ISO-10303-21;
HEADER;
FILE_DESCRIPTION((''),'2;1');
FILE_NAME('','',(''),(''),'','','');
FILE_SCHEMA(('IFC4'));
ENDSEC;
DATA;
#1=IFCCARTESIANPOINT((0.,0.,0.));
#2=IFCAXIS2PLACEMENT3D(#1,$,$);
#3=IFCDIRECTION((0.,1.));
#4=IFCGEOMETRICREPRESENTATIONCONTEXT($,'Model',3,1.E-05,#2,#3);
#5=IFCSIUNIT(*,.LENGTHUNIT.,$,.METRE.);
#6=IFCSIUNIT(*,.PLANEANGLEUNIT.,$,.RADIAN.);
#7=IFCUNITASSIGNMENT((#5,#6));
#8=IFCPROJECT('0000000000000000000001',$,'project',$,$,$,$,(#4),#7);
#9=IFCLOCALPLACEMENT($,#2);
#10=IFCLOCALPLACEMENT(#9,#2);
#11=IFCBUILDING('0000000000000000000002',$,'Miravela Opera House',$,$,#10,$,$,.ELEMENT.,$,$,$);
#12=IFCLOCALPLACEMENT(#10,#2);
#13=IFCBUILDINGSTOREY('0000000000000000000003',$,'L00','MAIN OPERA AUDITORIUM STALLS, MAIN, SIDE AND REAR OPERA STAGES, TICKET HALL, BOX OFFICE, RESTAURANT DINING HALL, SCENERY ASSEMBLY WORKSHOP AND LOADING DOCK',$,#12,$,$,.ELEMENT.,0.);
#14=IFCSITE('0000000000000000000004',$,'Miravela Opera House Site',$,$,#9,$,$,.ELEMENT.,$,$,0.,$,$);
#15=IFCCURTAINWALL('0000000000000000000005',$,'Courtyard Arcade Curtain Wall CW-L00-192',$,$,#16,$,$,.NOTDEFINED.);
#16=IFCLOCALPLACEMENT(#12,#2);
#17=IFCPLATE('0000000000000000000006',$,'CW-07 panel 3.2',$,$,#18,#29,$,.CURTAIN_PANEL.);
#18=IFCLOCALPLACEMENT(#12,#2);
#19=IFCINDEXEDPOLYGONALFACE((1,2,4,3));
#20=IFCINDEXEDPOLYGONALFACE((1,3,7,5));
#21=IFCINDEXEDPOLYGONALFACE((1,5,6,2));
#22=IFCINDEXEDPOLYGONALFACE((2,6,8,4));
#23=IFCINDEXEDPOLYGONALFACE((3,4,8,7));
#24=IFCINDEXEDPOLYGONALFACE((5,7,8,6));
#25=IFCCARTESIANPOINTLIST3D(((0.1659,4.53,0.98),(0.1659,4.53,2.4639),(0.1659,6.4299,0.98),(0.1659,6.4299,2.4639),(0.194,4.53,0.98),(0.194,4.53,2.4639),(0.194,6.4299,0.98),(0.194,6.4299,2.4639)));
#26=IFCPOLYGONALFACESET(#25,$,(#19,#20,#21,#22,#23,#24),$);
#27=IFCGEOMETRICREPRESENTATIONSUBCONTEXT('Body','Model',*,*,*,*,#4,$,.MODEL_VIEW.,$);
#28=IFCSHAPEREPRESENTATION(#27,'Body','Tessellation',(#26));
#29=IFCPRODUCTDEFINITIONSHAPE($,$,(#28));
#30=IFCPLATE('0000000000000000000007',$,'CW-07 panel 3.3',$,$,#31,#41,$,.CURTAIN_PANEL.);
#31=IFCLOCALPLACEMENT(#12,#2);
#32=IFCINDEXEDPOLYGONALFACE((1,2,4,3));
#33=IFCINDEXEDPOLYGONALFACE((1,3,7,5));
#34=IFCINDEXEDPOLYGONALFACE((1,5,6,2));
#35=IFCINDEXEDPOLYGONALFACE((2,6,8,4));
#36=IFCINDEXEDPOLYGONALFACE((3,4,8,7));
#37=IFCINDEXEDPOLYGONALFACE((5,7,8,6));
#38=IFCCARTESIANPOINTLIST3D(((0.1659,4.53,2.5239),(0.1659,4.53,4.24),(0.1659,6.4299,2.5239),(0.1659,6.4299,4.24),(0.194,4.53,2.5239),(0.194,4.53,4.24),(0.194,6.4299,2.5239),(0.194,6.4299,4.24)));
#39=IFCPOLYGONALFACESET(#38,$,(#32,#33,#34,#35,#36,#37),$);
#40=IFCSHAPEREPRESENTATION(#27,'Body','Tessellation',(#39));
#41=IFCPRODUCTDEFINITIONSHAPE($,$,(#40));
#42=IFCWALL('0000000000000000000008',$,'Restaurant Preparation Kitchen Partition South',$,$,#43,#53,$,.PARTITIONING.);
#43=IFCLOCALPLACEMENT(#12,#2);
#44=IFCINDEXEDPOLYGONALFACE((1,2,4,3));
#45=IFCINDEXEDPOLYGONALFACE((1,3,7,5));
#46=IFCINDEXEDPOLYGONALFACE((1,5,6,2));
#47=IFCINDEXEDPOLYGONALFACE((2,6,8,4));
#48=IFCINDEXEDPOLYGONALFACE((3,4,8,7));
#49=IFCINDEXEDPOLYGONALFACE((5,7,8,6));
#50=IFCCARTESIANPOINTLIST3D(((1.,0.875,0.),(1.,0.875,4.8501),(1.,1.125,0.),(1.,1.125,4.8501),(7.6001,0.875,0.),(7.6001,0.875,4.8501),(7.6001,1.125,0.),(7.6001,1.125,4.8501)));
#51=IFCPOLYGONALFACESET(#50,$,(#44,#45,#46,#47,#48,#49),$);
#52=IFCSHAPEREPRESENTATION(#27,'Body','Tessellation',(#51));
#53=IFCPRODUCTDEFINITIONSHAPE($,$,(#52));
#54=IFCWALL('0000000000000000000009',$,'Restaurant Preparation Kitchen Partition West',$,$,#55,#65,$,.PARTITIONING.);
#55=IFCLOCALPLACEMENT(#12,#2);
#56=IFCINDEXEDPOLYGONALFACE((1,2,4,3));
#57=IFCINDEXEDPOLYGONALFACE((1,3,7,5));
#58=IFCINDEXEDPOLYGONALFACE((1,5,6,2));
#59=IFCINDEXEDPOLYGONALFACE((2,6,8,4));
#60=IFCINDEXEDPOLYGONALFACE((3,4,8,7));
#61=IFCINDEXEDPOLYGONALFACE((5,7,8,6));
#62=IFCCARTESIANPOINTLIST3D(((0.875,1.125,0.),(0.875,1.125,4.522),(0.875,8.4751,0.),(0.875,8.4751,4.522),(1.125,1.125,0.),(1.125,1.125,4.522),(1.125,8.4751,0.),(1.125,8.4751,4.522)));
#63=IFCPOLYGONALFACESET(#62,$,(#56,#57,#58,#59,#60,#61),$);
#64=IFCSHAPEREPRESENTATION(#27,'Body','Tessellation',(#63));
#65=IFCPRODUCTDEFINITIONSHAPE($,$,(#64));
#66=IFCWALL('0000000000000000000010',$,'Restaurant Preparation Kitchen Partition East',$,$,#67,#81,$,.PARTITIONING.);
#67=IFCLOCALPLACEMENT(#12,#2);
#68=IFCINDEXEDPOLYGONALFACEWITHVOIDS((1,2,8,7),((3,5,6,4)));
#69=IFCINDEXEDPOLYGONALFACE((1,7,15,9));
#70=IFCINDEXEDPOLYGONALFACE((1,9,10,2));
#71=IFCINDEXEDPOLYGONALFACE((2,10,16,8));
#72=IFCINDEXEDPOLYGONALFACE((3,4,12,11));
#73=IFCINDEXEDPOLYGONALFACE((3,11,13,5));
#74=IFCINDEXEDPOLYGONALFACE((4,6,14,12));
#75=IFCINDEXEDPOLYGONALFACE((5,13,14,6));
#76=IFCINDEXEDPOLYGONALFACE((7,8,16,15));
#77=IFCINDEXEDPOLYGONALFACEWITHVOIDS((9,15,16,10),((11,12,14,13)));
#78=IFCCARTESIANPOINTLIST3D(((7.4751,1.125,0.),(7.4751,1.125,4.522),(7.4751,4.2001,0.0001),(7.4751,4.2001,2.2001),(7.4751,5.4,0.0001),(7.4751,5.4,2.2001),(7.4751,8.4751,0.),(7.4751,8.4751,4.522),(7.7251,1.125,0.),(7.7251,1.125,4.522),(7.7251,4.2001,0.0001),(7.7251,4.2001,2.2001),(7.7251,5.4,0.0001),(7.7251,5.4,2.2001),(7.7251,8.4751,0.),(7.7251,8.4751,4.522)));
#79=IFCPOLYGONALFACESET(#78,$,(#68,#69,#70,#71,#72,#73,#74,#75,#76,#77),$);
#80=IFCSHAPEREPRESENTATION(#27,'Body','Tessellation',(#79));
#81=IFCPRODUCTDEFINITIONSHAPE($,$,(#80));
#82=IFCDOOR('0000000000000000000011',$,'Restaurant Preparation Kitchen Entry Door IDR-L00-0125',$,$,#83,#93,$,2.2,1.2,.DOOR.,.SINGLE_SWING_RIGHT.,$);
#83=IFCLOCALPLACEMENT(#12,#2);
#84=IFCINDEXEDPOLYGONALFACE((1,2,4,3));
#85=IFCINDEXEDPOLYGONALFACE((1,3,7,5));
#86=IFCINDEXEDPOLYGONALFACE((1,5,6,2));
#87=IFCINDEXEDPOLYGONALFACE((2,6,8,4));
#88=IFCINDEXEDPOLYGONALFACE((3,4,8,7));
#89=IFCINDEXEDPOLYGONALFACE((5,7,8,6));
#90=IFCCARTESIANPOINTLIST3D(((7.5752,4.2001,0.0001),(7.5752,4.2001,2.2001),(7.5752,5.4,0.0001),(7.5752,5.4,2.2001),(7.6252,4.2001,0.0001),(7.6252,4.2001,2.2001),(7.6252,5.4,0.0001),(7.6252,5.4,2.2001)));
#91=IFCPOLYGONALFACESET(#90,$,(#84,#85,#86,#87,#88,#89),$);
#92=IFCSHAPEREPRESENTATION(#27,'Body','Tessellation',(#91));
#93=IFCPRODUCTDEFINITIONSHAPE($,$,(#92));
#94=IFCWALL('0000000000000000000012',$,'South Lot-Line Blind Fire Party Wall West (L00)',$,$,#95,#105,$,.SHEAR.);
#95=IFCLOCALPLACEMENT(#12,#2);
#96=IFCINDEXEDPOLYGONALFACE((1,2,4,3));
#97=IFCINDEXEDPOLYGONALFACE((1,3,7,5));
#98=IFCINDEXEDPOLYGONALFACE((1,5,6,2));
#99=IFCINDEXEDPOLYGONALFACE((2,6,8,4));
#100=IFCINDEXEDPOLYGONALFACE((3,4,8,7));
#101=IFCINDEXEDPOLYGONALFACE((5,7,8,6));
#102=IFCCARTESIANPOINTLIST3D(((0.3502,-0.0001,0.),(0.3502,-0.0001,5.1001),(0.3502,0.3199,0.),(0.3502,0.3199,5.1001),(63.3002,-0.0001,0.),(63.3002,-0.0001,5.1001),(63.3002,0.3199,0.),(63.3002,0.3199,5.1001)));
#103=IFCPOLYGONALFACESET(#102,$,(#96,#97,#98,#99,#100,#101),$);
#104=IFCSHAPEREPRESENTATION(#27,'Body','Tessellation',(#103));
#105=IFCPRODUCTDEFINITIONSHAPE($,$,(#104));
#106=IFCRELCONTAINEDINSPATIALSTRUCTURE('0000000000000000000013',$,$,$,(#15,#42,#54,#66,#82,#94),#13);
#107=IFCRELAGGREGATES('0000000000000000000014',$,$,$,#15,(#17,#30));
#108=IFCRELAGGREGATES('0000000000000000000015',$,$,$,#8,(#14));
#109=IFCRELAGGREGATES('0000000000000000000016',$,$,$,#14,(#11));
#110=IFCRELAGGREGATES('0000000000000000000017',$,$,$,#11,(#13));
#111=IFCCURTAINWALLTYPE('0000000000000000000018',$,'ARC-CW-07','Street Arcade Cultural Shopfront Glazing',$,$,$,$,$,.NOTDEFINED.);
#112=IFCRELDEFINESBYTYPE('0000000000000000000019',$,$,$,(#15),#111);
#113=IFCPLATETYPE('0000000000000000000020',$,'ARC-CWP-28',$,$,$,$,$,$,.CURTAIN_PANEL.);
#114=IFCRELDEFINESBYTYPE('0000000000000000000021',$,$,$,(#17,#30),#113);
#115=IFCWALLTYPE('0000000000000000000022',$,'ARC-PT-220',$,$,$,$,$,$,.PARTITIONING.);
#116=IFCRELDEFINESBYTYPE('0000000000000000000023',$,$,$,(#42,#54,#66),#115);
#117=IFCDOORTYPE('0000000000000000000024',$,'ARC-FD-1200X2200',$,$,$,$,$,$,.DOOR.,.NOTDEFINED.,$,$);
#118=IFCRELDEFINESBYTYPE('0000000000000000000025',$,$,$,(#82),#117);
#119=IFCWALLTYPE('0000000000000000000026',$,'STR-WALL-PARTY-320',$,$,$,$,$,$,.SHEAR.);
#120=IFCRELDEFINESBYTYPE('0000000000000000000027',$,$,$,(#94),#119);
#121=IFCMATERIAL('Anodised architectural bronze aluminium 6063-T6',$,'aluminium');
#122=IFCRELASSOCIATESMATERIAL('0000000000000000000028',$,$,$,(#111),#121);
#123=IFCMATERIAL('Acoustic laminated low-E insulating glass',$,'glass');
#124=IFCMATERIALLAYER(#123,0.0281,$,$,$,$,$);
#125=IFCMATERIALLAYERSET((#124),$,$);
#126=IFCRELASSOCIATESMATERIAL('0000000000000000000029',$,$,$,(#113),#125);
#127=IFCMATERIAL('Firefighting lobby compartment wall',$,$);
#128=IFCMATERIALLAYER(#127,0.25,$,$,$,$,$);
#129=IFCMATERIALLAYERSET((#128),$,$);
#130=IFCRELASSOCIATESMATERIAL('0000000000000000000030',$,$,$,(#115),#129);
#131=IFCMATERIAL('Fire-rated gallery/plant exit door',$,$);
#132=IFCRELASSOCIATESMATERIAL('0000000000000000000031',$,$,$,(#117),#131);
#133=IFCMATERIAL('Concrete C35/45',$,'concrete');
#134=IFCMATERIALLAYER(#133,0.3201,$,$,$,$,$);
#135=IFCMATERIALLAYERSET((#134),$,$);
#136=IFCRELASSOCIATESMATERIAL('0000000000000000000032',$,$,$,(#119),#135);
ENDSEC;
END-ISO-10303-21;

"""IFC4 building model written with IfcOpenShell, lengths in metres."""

from ifc_helpers import new_model, si_unit, direction, frame, frame_2d, origin, origin_2d, place, context, subcontext, project, spatial, rectangle, extrude, material, layer, layer_set, type_object, element, fill, aggregate, save


model = new_model("IFC4")

# Units and contexts
model_context = context("Model", 3, precision=1e-05, world=origin(), true_north=direction((0.0, 1.0)))
body_context = subcontext(model_context, "Body", "Model", "MODEL_VIEW")
ifc_project = project(units=[si_unit("LENGTHUNIT", "METRE"), si_unit("PLANEANGLEUNIT", "RADIAN")], contexts=[model_context])

# Site, building, storey
site_placement = place(None, origin())
site = spatial("IfcSite", under=ifc_project, at=site_placement, Name="Miravela Opera House Site", CompositionType="ELEMENT", RefElevation=0.0)
building_placement = place(site_placement, origin())
building = spatial("IfcBuilding", under=site, at=building_placement, Name="Miravela Opera House", CompositionType="ELEMENT")
storey_placement = place(building_placement, origin())
storey = spatial("IfcBuildingStorey", under=building, at=storey_placement, Name="L00", Description="MAIN OPERA AUDITORIUM STALLS, MAIN, SIDE AND REAR OPERA STAGES, TICKET HALL, BOX OFFICE, RESTAURANT DINING HALL, SCENERY ASSEMBLY WORKSHOP AND LOADING DOCK", CompositionType="ELEMENT", Elevation=0.0)

# Curtain wall
ifc_material_1 = material(Name="Anodised architectural bronze aluminium 6063-T6", Category="aluminium")
curtain_wall_type = type_object("IfcCurtainWallType", Name="ARC-CW-07", Description="Street Arcade Cultural Shopfront Glazing", PredefinedType="NOTDEFINED", material=ifc_material_1)
curtain_wall_placement = place(storey_placement, origin())
curtain_wall = element("IfcCurtainWall", 1, at=curtain_wall_placement, inside=storey, type_object=curtain_wall_type, Name="Courtyard Arcade Curtain Wall CW-L00-192", PredefinedType="NOTDEFINED")

# Shared definitions
ifc_material_2 = material(Name="Concrete C35/45", Category="concrete")

# Plates
ifc_material_3 = material(Name="Acoustic laminated low-E insulating glass", Category="glass")
ifc_layer_1 = layer(ifc_material_3, 0.0281)
ifc_layer_set_1 = layer_set([ifc_layer_1])
plate_type = type_object("IfcPlateType", Name="ARC-CWP-28", PredefinedType="CURTAIN_PANEL", material=ifc_layer_set_1)
plate_1_placement = place(storey_placement, frame((0.1799, 5.48, 0.98), z_axis=(0.0, 0.0, 1.0), x_axis=(0.0, 1.0, 0.0)))
plate_1 = element("IfcPlate", 2, at=plate_1_placement, type_object=plate_type, Name="CW-07 panel 3.2", PredefinedType="CURTAIN_PANEL", context=body_context, shape_type="SweptSolid", body=[
    extrude(rectangle(XDim=1.8999, YDim=0.0281, at=origin_2d()), origin(), (0.0, 0.0, 1.0), 1.4839),
])
plate_2_placement = place(storey_placement, frame((0.1799, 5.48, 2.5239), z_axis=(0.0, 0.0, 1.0), x_axis=(0.0, 1.0, 0.0)))
plate_2 = element("IfcPlate", 3, at=plate_2_placement, type_object=plate_type, Name="CW-07 panel 3.3", PredefinedType="CURTAIN_PANEL", context=body_context, shape_type="SweptSolid", body=[
    extrude(rectangle(XDim=1.8999, YDim=0.0281, at=origin_2d()), origin(), (0.0, 0.0, 1.0), 1.7161),
])
aggregate(curtain_wall, [plate_1, plate_2])

# Walls
ifc_material_4 = material(Name="Firefighting lobby compartment wall")
ifc_layer_2 = layer(ifc_material_4, 0.25)
ifc_layer_set_2 = layer_set([ifc_layer_2])
wall_type_1 = type_object("IfcWallType", Name="ARC-PT-220", PredefinedType="PARTITIONING", material=ifc_layer_set_2)
wall_1_placement = place(storey_placement, frame((1.0, 1.0, 0.0), z_axis=(0.0, 0.0, 1.0), x_axis=(1.0, 0.0, 0.0)))
element("IfcWall", 4, at=wall_1_placement, inside=storey, type_object=wall_type_1, Name="Restaurant Preparation Kitchen Partition South", PredefinedType="PARTITIONING", context=body_context, shape_type="SweptSolid", body=[
    extrude(rectangle(XDim=6.6001, YDim=0.25, at=frame_2d((3.3, 0.0))), origin(), (0.0, 0.0, 1.0), 4.8501),
])
wall_2_placement = place(storey_placement, frame((1.0, 1.125, 0.0), z_axis=(0.0, 0.0, 1.0), x_axis=(0.0, 1.0, 0.0)))
element("IfcWall", 5, at=wall_2_placement, inside=storey, type_object=wall_type_1, Name="Restaurant Preparation Kitchen Partition West", PredefinedType="PARTITIONING", context=body_context, shape_type="SweptSolid", body=[
    extrude(rectangle(XDim=7.3501, YDim=0.25, at=frame_2d((3.675, 0.0))), origin(), (0.0, 0.0, 1.0), 4.522),
])

# Wall, opening, door
wall_3_placement = place(storey_placement, frame((7.6001, 1.125, 0.0), z_axis=(0.0, 0.0, 1.0), x_axis=(0.0, 1.0, 0.0)))
wall_3 = element("IfcWall", 6, at=wall_3_placement, inside=storey, type_object=wall_type_1, Name="Restaurant Preparation Kitchen Partition East", PredefinedType="PARTITIONING", context=body_context, shape_type="SweptSolid", body=[
    extrude(rectangle(XDim=7.3501, YDim=0.25, at=frame_2d((3.675, 0.0))), origin(), (0.0, 0.0, 1.0), 4.522),
])
opening_placement = place(wall_3_placement, frame((3.075, 0.0, 0.0)))
opening = element("IfcOpeningElement", 7, at=opening_placement, cuts=wall_3, PredefinedType="OPENING", context=body_context, shape_type="SweptSolid", body=[
    extrude(rectangle(XDim=1.2, YDim=2.2, at=frame_2d((0.6001, 1.1001))), frame((0.0, 0.135, 0.0), z_axis=(0.0, -1.0, 0.0), x_axis=(1.0, 0.0, 0.0)), (0.0, 0.0, 1.0), 0.27),
])
ifc_material_5 = material(Name="Fire-rated gallery/plant exit door")
door_type = type_object("IfcDoorType", Name="ARC-FD-1200X2200", OperationType="NOTDEFINED", PredefinedType="DOOR", material=ifc_material_5)
door_placement = place(opening_placement, origin())
door = element("IfcDoor", 8, at=door_placement, inside=storey, type_object=door_type, Name="Restaurant Preparation Kitchen Entry Door IDR-L00-0125", OperationType="SINGLE_SWING_RIGHT", OverallHeight=2.2, OverallWidth=1.2, PredefinedType="DOOR", context=body_context, shape_type="SweptSolid", body=[
    extrude(rectangle(XDim=1.2, YDim=2.2, at=frame_2d((0.6001, 1.1001))), frame((0.0, 0.0249, 0.0), z_axis=(0.0, -1.0, 0.0), x_axis=(1.0, 0.0, 0.0)), (0.0, 0.0, 1.0), 0.05),
])
fill(opening, door)

# Wall
ifc_layer_3 = layer(ifc_material_2, 0.3201)
ifc_layer_set_3 = layer_set([ifc_layer_3])
wall_type_2 = type_object("IfcWallType", Name="STR-WALL-PARTY-320", PredefinedType="SHEAR", material=ifc_layer_set_3)
wall_4_placement = place(storey_placement, frame((0.3501, 0.1599, 0.0), z_axis=(0.0, 0.0, 1.0), x_axis=(1.0, 0.0, 0.0)))
element("IfcWall", 9, at=wall_4_placement, inside=storey, type_object=wall_type_2, Name="South Lot-Line Blind Fire Party Wall West (L00)", PredefinedType="SHEAR", context=body_context, shape_type="SweptSolid", body=[
    extrude(rectangle(XDim=62.95, YDim=0.3201, at=frame_2d((31.4751, 0.0))), origin(), (0.0, 0.0, 1.0), 5.1001),
])

save(model, "model.ifc")
